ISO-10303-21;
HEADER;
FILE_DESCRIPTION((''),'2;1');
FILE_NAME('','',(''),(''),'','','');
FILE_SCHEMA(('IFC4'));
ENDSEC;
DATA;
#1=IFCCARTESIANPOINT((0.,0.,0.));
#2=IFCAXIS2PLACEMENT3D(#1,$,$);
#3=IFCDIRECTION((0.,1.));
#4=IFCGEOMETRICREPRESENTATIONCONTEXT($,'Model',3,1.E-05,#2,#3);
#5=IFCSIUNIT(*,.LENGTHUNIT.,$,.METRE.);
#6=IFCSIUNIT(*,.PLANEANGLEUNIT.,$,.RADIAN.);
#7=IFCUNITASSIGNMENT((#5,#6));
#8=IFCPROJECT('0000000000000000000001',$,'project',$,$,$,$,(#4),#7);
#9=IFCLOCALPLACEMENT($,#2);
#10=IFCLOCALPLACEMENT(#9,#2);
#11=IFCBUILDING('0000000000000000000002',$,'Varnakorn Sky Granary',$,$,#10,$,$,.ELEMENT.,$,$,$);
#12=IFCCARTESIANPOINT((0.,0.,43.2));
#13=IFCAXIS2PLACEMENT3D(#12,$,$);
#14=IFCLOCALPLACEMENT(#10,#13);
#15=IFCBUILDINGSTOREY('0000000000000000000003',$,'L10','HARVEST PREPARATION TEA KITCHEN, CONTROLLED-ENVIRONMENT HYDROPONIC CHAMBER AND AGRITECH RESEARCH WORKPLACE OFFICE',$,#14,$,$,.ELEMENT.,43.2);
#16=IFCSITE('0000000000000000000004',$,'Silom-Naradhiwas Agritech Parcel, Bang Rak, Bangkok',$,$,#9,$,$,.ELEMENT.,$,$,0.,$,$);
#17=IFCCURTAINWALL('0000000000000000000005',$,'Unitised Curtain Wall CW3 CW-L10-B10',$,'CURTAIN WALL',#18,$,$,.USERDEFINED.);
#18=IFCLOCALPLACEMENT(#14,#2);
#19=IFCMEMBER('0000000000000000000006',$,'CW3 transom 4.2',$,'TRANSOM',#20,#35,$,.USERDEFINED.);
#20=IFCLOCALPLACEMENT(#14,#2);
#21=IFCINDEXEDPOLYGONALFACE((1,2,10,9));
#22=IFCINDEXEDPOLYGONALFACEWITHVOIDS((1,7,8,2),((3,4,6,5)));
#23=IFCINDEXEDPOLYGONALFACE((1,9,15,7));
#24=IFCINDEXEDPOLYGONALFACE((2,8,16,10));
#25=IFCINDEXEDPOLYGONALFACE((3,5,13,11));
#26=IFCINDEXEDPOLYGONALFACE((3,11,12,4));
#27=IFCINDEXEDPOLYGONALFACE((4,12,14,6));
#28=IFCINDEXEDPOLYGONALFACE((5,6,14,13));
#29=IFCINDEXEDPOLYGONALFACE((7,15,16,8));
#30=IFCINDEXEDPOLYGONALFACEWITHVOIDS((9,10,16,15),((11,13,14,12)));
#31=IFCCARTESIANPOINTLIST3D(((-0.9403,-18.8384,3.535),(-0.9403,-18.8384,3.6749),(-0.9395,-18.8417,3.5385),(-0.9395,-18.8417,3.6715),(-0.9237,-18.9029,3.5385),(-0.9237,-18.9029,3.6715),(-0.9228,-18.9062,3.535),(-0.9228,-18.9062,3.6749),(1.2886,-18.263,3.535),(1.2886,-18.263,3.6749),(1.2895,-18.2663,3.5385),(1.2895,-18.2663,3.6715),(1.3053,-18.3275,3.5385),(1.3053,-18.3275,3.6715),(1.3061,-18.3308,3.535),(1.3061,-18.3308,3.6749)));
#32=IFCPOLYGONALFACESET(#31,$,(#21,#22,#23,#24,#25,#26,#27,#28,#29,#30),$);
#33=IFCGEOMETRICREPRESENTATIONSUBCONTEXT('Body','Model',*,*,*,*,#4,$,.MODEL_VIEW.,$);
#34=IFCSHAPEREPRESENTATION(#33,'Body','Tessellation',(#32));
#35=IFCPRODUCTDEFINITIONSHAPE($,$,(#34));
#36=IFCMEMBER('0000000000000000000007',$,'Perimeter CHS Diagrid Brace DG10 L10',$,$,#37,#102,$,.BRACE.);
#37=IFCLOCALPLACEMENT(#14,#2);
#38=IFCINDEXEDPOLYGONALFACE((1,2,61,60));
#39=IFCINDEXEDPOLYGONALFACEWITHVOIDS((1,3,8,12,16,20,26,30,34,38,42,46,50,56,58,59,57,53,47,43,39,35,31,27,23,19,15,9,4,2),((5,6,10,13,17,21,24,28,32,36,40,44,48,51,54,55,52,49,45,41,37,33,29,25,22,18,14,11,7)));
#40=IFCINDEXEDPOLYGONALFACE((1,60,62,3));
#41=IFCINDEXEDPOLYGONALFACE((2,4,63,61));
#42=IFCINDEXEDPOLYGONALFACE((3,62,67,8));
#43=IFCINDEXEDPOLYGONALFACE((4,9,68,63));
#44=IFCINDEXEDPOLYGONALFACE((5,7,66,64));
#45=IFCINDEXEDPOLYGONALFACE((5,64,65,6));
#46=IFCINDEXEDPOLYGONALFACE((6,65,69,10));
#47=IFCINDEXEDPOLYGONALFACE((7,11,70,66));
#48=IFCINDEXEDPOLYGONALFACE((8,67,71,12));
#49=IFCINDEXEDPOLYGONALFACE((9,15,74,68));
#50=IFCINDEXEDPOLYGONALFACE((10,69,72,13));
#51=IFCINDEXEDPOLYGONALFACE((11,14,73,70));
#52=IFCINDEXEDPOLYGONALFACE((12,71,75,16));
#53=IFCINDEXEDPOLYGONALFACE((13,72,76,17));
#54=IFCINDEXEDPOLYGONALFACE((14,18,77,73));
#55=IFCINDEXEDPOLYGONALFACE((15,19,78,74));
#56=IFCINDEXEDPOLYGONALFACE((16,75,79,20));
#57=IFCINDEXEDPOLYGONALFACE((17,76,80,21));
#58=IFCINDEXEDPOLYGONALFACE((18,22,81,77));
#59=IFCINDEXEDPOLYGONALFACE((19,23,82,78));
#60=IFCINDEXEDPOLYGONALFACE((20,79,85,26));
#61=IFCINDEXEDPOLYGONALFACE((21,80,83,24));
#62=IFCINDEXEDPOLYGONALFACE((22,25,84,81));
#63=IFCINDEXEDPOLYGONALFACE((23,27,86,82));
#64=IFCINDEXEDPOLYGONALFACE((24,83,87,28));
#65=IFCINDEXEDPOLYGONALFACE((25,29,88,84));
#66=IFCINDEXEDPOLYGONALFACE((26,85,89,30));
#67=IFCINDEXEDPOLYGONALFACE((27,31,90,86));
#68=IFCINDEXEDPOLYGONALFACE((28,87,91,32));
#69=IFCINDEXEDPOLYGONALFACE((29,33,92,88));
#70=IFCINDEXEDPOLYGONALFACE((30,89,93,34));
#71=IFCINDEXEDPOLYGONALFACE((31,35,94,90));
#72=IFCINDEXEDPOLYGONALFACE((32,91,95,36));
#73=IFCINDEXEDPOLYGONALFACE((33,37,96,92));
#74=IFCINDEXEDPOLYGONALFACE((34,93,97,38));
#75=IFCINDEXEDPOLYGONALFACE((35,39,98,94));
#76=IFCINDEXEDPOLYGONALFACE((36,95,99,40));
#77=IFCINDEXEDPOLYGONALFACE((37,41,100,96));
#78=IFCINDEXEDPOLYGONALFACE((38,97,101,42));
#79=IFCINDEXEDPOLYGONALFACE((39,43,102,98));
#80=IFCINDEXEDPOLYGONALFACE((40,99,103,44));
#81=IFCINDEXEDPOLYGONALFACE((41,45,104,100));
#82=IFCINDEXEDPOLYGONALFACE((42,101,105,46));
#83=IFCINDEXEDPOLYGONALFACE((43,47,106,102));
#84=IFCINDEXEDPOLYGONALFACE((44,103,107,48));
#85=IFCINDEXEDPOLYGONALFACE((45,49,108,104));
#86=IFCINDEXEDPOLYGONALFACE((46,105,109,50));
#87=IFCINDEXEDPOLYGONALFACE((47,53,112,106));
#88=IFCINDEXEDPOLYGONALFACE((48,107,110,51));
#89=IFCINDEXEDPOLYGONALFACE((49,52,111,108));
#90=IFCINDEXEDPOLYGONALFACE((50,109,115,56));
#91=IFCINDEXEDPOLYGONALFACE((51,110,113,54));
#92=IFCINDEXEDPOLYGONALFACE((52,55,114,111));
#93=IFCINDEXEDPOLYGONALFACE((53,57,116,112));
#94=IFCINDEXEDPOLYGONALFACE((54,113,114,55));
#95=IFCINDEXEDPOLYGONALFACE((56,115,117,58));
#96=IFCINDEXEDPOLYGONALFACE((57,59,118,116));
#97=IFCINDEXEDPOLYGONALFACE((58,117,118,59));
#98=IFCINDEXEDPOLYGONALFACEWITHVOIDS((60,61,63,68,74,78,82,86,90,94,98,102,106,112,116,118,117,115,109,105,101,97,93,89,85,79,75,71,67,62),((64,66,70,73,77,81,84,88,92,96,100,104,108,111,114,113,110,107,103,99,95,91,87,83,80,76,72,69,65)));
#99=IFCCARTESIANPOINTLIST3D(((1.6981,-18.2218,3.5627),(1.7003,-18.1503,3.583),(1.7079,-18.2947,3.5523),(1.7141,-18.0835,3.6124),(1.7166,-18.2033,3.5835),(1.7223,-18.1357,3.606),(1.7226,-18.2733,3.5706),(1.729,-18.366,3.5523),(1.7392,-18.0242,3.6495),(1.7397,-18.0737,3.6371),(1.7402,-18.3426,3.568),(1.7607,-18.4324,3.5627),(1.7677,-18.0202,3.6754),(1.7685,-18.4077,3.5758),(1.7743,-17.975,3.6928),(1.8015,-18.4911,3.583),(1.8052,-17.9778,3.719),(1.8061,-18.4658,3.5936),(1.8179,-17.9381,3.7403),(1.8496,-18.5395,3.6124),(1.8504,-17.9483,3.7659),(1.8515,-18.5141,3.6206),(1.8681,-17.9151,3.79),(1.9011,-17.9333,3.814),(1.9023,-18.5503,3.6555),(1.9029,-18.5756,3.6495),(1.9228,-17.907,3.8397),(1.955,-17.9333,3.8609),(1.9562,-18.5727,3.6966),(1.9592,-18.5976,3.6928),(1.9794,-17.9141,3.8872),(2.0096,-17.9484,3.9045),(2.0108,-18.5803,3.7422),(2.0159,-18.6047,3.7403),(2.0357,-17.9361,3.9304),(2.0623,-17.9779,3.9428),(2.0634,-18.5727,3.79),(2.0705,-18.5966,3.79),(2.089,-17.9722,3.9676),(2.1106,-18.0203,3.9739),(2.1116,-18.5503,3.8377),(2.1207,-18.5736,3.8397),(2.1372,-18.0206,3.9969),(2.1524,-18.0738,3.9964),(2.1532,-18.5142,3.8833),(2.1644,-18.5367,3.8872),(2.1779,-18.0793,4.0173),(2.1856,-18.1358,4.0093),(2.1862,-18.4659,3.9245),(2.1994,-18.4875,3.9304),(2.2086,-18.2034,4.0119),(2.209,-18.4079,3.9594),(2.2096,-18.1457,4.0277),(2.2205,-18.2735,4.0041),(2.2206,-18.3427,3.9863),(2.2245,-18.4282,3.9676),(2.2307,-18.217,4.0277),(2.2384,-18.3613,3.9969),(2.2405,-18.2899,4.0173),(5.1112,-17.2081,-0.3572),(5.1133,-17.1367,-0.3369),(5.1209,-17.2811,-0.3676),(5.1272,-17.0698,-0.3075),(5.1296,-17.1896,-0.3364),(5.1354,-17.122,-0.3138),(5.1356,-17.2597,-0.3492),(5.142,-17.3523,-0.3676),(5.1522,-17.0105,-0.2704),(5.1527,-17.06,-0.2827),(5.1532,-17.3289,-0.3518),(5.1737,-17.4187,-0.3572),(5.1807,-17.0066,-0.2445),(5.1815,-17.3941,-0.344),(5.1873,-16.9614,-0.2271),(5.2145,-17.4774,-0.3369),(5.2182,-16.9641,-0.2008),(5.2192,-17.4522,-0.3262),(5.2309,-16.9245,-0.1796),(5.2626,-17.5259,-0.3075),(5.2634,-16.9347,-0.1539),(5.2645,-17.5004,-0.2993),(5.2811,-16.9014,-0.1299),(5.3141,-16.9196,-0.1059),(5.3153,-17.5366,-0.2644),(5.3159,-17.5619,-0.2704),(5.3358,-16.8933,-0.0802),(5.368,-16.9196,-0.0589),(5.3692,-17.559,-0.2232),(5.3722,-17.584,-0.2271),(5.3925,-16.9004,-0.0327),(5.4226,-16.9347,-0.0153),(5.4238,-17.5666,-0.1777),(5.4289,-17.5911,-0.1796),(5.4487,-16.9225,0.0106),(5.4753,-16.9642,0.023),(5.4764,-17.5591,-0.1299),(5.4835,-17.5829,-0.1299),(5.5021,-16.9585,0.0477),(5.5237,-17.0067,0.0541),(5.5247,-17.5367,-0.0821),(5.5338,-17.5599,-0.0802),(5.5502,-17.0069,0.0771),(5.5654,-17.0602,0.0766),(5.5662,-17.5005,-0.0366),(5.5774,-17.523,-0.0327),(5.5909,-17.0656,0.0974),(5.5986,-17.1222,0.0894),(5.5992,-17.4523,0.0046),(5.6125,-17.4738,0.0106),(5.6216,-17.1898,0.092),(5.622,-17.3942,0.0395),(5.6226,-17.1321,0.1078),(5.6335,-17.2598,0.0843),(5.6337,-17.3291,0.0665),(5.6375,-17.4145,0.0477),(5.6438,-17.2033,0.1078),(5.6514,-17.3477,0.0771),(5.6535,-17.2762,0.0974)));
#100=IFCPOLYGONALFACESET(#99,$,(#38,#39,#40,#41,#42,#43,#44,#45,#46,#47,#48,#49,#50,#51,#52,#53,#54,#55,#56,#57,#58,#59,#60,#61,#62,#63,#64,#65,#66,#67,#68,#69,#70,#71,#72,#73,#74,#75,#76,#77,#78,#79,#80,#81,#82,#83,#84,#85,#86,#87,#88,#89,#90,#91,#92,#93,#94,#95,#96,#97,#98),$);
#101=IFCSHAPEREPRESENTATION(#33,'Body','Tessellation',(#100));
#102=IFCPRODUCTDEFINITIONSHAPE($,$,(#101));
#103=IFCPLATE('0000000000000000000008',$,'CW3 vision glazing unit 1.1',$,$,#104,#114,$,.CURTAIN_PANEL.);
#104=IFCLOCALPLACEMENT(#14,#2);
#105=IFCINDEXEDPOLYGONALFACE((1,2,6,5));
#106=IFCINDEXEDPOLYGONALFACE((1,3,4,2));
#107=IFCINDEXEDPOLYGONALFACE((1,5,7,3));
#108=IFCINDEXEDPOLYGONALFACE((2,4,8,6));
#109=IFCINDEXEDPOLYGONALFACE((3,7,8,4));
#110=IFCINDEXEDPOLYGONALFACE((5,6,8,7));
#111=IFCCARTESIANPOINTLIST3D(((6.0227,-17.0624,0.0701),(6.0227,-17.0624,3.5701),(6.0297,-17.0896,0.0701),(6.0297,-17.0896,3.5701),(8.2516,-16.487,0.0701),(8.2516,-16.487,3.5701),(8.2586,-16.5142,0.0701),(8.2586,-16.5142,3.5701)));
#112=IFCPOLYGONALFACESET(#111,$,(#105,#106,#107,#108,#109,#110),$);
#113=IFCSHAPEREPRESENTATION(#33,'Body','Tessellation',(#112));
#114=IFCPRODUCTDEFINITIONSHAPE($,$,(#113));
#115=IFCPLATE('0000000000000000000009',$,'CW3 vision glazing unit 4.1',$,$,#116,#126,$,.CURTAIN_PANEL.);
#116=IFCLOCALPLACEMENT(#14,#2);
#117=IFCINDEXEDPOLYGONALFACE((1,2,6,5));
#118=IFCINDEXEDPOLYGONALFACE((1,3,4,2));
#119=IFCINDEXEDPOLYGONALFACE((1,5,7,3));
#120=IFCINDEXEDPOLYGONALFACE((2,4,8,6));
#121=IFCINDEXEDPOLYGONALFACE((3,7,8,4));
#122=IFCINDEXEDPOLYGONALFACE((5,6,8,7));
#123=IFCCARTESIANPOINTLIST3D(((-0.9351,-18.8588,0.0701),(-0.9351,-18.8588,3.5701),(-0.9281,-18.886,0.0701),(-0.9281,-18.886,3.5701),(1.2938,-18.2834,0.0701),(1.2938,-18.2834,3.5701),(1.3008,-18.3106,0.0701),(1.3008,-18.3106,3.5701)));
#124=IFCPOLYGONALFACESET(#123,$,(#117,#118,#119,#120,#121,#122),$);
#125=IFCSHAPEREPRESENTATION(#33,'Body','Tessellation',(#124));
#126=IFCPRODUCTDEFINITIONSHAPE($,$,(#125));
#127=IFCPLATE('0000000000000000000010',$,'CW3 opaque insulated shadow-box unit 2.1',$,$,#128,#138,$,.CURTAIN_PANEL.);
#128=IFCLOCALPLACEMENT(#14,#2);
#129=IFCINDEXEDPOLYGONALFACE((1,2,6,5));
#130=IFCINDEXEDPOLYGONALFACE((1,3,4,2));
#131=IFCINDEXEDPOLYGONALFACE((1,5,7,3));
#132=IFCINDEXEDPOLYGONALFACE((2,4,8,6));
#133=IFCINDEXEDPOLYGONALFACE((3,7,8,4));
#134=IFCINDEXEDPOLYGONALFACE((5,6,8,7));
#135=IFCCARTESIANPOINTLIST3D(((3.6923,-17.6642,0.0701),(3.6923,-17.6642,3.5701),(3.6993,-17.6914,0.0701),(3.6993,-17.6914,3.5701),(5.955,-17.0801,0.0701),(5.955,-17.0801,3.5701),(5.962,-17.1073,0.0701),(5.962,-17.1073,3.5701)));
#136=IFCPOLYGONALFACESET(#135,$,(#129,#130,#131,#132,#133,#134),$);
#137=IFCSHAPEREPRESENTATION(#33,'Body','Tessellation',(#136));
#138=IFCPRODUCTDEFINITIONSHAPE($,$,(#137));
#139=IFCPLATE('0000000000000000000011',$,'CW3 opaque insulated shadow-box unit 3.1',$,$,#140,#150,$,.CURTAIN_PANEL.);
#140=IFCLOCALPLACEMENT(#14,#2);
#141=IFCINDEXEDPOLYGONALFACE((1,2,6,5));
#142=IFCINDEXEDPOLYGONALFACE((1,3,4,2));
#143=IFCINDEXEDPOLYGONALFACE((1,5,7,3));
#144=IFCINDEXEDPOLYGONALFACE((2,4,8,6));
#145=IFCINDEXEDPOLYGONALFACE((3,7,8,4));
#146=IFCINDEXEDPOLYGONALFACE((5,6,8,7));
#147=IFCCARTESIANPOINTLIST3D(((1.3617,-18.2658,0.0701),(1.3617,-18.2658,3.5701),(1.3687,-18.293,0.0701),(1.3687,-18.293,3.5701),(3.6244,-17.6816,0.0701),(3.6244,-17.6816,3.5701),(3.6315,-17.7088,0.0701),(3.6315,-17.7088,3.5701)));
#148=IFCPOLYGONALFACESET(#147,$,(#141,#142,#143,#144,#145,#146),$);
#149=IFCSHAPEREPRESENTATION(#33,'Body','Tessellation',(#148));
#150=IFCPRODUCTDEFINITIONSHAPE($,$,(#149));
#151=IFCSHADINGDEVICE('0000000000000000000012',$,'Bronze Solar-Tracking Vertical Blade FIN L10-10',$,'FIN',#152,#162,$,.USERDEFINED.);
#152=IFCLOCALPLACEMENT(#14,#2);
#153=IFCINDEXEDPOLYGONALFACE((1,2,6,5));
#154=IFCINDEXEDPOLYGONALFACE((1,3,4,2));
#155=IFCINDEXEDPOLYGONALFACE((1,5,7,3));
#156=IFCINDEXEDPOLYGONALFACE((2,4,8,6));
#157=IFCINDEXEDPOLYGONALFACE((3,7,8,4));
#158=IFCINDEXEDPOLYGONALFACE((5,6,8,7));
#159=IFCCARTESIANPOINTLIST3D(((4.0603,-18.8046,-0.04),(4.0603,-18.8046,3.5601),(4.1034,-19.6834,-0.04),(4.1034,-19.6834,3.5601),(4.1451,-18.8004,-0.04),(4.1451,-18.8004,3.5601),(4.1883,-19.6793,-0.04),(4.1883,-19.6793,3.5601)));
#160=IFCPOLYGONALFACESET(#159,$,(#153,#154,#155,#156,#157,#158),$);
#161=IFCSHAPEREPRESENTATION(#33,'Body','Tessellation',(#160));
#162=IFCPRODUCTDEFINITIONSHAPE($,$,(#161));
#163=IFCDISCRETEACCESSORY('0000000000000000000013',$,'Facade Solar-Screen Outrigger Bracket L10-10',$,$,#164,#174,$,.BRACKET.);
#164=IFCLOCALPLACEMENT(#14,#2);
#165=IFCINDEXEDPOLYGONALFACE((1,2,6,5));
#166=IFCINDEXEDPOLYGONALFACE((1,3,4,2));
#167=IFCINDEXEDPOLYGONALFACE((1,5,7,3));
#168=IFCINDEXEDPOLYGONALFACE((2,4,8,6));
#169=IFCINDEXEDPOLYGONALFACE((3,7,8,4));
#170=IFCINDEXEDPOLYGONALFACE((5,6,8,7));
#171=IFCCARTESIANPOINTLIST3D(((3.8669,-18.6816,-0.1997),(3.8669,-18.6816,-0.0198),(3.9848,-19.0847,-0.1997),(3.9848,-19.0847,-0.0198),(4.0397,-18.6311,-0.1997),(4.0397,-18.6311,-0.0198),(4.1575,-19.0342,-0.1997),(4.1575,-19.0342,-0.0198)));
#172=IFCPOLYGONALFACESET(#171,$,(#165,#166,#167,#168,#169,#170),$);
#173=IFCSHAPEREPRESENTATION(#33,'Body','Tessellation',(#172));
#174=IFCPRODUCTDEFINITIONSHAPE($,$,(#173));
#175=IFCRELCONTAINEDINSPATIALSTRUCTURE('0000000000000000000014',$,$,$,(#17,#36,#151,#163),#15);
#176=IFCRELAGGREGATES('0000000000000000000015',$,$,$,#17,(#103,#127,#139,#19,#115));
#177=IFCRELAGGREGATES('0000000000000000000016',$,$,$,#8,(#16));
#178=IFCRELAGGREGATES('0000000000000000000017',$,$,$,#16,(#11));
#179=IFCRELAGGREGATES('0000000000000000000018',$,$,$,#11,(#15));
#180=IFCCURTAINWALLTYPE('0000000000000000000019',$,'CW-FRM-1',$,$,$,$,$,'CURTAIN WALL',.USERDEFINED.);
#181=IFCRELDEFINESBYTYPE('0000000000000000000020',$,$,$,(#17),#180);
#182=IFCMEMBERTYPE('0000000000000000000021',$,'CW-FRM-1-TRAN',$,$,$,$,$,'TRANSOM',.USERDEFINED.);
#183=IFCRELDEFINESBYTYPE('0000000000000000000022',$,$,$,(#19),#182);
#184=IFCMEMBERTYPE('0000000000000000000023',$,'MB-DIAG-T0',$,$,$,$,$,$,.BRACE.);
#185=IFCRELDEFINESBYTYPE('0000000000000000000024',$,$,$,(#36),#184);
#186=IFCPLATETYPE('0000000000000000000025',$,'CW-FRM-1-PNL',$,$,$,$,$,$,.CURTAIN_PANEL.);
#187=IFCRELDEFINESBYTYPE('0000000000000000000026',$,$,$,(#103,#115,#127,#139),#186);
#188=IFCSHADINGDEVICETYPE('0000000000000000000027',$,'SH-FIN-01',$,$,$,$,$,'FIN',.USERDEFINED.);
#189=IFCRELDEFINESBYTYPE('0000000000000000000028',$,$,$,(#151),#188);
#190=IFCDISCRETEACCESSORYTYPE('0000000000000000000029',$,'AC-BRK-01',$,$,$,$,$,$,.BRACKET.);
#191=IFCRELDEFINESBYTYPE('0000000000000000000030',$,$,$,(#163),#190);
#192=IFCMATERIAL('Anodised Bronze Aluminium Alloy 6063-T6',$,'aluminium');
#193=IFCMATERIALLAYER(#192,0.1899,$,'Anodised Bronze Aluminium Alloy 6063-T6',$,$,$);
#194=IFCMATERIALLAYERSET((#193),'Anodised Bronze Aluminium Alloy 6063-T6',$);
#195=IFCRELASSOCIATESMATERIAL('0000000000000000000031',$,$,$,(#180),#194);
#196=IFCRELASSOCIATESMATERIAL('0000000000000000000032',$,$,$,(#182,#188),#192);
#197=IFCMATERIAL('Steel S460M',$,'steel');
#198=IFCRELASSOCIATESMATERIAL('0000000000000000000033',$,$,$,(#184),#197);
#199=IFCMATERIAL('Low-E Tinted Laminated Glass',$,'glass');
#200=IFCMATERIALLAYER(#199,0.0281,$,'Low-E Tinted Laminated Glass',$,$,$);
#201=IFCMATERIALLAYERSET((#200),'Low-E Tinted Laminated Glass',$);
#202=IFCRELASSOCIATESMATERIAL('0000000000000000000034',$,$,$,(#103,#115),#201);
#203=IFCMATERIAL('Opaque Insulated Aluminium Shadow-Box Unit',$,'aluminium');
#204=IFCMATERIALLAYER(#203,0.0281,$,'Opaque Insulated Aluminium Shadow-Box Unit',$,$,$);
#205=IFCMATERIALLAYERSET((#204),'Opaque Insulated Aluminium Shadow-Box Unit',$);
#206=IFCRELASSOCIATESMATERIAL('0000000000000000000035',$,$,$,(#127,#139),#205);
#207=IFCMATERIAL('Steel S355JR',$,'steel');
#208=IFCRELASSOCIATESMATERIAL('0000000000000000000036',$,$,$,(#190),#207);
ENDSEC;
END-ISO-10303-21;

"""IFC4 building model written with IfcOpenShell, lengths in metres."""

from ifc_helpers import new_model, si_unit, direction, frame, origin, origin_2d, place, context, subcontext, project, spatial, rectangle, hollow_rectangle, hollow_circle, extrude, source, transform, mapped, material, layer, layer_set, material_profile, profile_set, type_object, type_shapes, element, aggregate, save


model = new_model("IFC4")

# Units and contexts
model_context = context("Model", 3, precision=1e-05, world=origin(), true_north=direction((0.0, 1.0)))
body_context = subcontext(model_context, "Body", "Model", "MODEL_VIEW")
ifc_project = project(units=[si_unit("LENGTHUNIT", "METRE"), si_unit("PLANEANGLEUNIT", "RADIAN")], contexts=[model_context])

# Site, building, storey
site_placement = place(None, origin())
site = spatial("IfcSite", under=ifc_project, at=site_placement, Name="Silom-Naradhiwas Agritech Parcel, Bang Rak, Bangkok", CompositionType="ELEMENT", RefElevation=0.0)
building_placement = place(site_placement, origin())
building = spatial("IfcBuilding", under=site, at=building_placement, Name="Varnakorn Sky Granary", CompositionType="ELEMENT")
storey_placement = place(building_placement, frame((0.0, 0.0, 43.2)))
storey = spatial("IfcBuildingStorey", under=building, at=storey_placement, Name="L10", Description="HARVEST PREPARATION TEA KITCHEN, CONTROLLED-ENVIRONMENT HYDROPONIC CHAMBER AND AGRITECH RESEARCH WORKPLACE OFFICE", CompositionType="ELEMENT", Elevation=43.2)

# Curtain wall, member
ifc_material_1 = material(Name="Anodised Bronze Aluminium Alloy 6063-T6", Category="aluminium")
ifc_layer_1 = layer(ifc_material_1, 0.1899, Name="Anodised Bronze Aluminium Alloy 6063-T6")
ifc_layer_set_1 = layer_set([ifc_layer_1], Name="Anodised Bronze Aluminium Alloy 6063-T6")
curtain_wall_type = type_object("IfcCurtainWallType", Name="CW-FRM-1", ElementType="CURTAIN WALL", PredefinedType="USERDEFINED", material=ifc_layer_set_1)
curtain_wall_placement = place(storey_placement, origin())
curtain_wall = element("IfcCurtainWall", 1, at=curtain_wall_placement, inside=storey, type_object=curtain_wall_type, Name="Unitised Curtain Wall CW3 CW-L10-B10", ObjectType="CURTAIN WALL", PredefinedType="USERDEFINED")
ifc_material_profile_1 = material_profile(ifc_material_1, hollow_rectangle(XDim=0.0701, YDim=0.1399, WallThickness=0.0034, at=origin_2d()), Name="ALU TRAN 70x140")
ifc_profile_set_1 = profile_set([ifc_material_profile_1], Name="Anodised Bronze Aluminium Alloy 6063-T6")
member_type_1 = type_object("IfcMemberType", Name="CW-FRM-1-TRAN", ElementType="TRANSOM", PredefinedType="USERDEFINED", material=ifc_profile_set_1)
member_1_placement = place(storey_placement, frame((1.2974, -18.2969, 3.605), z_axis=(-0.968255, -0.249965, 0.0), x_axis=(0.249965, -0.968255, 0.0)))
member_1 = element("IfcMember", 2, at=member_1_placement, type_object=member_type_1, Name="CW3 transom 4.2", ObjectType="TRANSOM", PredefinedType="USERDEFINED", context=body_context, shape_type="SweptSolid", body=[
    extrude(hollow_rectangle(XDim=0.0701, YDim=0.1399, WallThickness=0.0034, at=origin_2d()), origin(), (0.0, 0.0, 1.0), 2.302),
])

# Member
ifc_material_2 = material(Name="Steel S460M", Category="steel")
ifc_material_profile_2 = material_profile(ifc_material_2, hollow_circle(Radius=0.3555, WallThickness=0.0249, at=origin_2d()), Name="CHS 711x25")
ifc_profile_set_2 = profile_set([ifc_material_profile_2], Name="Steel S460M")
member_type_2 = type_object("IfcMemberType", Name="MB-DIAG-T0", PredefinedType="BRACE", material=ifc_profile_set_2)
member_2_placement = place(storey_placement, frame((5.3823, -17.2422, -0.1299), z_axis=(-0.644524, -0.191421, 0.740234), x_axis=(0.284705, -0.958615, 0.0)))
element("IfcMember", 3, at=member_2_placement, inside=storey, type_object=member_type_2, Name="Perimeter CHS Diagrid Brace DG10 L10", PredefinedType="BRACE", context=body_context, shape_type="SweptSolid", body=[
    extrude(hollow_circle(Radius=0.3555, WallThickness=0.0249, at=origin_2d()), origin(), (0.0, 0.0, 1.0), 5.2954),
])

# Plates
ifc_material_3 = material(Name="Low-E Tinted Laminated Glass", Category="glass")
ifc_layer_2 = layer(ifc_material_3, 0.0281, Name="Low-E Tinted Laminated Glass")
ifc_layer_set_2 = layer_set([ifc_layer_2], Name="Low-E Tinted Laminated Glass")
plate_type = type_object("IfcPlateType", Name="CW-FRM-1-PNL", PredefinedType="CURTAIN_PANEL")
shared_shape_1 = source(origin(), body_context, "Body", "SweptSolid", [
    extrude(rectangle(XDim=2.302, YDim=0.0281, at=origin_2d()), origin(), (0.0, 0.0, 1.0), 3.5),
])
plate_1_placement = place(storey_placement, frame((7.1406, -16.7883, 0.0701), z_axis=(0.0, 0.0, 1.0), x_axis=(-0.968256, -0.24996, 0.0)))
plate_1 = element("IfcPlate", 4, at=plate_1_placement, type_object=plate_type, material=ifc_layer_set_2, Name="CW3 vision glazing unit 1.1", PredefinedType="CURTAIN_PANEL", context=body_context, shape_type="MappedRepresentation", body=[
    mapped(shared_shape_1, transform((0.0, 0.0, 0.0), x_axis=(1.0, 0.0, 0.0), y_axis=(0.0, 1.0, 0.0), z_axis=(0.0, 0.0, 1.0), scale=1.0)),
])
plate_2_placement = place(storey_placement, frame((0.1829, -18.5847, 0.0701), z_axis=(0.0, 0.0, 1.0), x_axis=(-0.968256, -0.24996, 0.0)))
plate_2 = element("IfcPlate", 5, at=plate_2_placement, type_object=plate_type, material=ifc_layer_set_2, Name="CW3 vision glazing unit 4.1", PredefinedType="CURTAIN_PANEL", context=body_context, shape_type="MappedRepresentation", body=[
    mapped(shared_shape_1, transform((0.0, 0.0, 0.0), x_axis=(1.0, 0.0, 0.0), y_axis=(0.0, 1.0, 0.0), z_axis=(0.0, 0.0, 1.0), scale=1.0)),
])
ifc_material_4 = material(Name="Opaque Insulated Aluminium Shadow-Box Unit", Category="aluminium")
ifc_layer_3 = layer(ifc_material_4, 0.0281, Name="Opaque Insulated Aluminium Shadow-Box Unit")
ifc_layer_set_3 = layer_set([ifc_layer_3], Name="Opaque Insulated Aluminium Shadow-Box Unit")
shared_shape_2 = source(origin(), body_context, "Body", "SweptSolid", [
    extrude(rectangle(XDim=2.3369, YDim=0.0281, at=origin_2d()), origin(), (0.0, 0.0, 1.0), 3.5),
])
type_shapes(plate_type, [shared_shape_1, shared_shape_2])
plate_3_placement = place(storey_placement, frame((4.8271, -17.3857, 0.0701), z_axis=(0.0, 0.0, 1.0), x_axis=(-0.968256, -0.24996, 0.0)))
plate_3 = element("IfcPlate", 6, at=plate_3_placement, type_object=plate_type, material=ifc_layer_set_3, Name="CW3 opaque insulated shadow-box unit 2.1", PredefinedType="CURTAIN_PANEL", context=body_context, shape_type="MappedRepresentation", body=[
    mapped(shared_shape_2, transform((0.0, 0.0, 0.0), x_axis=(1.0, 0.0, 0.0), y_axis=(0.0, 1.0, 0.0), z_axis=(0.0, 0.0, 1.0), scale=1.0)),
])
plate_4_placement = place(storey_placement, frame((2.4966, -17.9873, 0.0701), z_axis=(0.0, 0.0, 1.0), x_axis=(-0.968256, -0.24996, 0.0)))
plate_4 = element("IfcPlate", 7, at=plate_4_placement, type_object=plate_type, material=ifc_layer_set_3, Name="CW3 opaque insulated shadow-box unit 3.1", PredefinedType="CURTAIN_PANEL", context=body_context, shape_type="MappedRepresentation", body=[
    mapped(shared_shape_2, transform((0.0, 0.0, 0.0), x_axis=(1.0, 0.0, 0.0), y_axis=(0.0, 1.0, 0.0), z_axis=(0.0, 0.0, 1.0), scale=1.0)),
])
aggregate(curtain_wall, [plate_1, plate_3, plate_4, member_1, plate_2])

# Shading device
shading_device_type = type_object("IfcShadingDeviceType", Name="SH-FIN-01", ElementType="FIN", PredefinedType="USERDEFINED", material=ifc_material_1)
shared_shape_3 = source(origin(), body_context, "Body", "SweptSolid", [
    extrude(rectangle(XDim=0.085, YDim=0.8799, at=origin_2d()), origin(), (0.0, 0.0, 1.0), 3.6001),
])
type_shapes(shading_device_type, [shared_shape_3])
shading_device_placement = place(storey_placement, frame((4.1243, -19.2419, -0.04), z_axis=(0.0, 0.0, 1.0), x_axis=(0.998796, 0.04906, 0.0)))
element("IfcShadingDevice", 8, at=shading_device_placement, inside=storey, type_object=shading_device_type, Name="Bronze Solar-Tracking Vertical Blade FIN L10-10", ObjectType="FIN", PredefinedType="USERDEFINED", context=body_context, shape_type="MappedRepresentation", body=[
    mapped(shared_shape_3, transform((0.0, 0.0, 0.0), x_axis=(1.0, 0.0, 0.0), y_axis=(0.0, 1.0, 0.0), z_axis=(0.0, 0.0, 1.0), scale=1.0)),
])

# Discrete accessory
ifc_material_5 = material(Name="Steel S355JR", Category="steel")
discrete_accessory_type = type_object("IfcDiscreteAccessoryType", Name="AC-BRK-01", PredefinedType="BRACKET", material=ifc_material_5)
shared_shape_4 = source(origin(), body_context, "Body", "SweptSolid", [
    extrude(rectangle(XDim=0.1799, YDim=0.4199, at=origin_2d()), origin(), (0.0, 0.0, 1.0), 0.1799),
])
type_shapes(discrete_accessory_type, [shared_shape_4])
discrete_accessory_placement = place(storey_placement, frame((4.0122, -18.8579, -0.1997), z_axis=(0.0, 0.0, 1.0), x_axis=(0.959838, 0.280555, 0.0)))
element("IfcDiscreteAccessory", 9, at=discrete_accessory_placement, inside=storey, type_object=discrete_accessory_type, Name="Facade Solar-Screen Outrigger Bracket L10-10", PredefinedType="BRACKET", context=body_context, shape_type="MappedRepresentation", body=[
    mapped(shared_shape_4, transform((0.0, 0.0, 0.0), x_axis=(1.0, 0.0, 0.0), y_axis=(0.0, 1.0, 0.0), z_axis=(0.0, 0.0, 1.0), scale=1.0)),
])

save(model, "model.ifc")
